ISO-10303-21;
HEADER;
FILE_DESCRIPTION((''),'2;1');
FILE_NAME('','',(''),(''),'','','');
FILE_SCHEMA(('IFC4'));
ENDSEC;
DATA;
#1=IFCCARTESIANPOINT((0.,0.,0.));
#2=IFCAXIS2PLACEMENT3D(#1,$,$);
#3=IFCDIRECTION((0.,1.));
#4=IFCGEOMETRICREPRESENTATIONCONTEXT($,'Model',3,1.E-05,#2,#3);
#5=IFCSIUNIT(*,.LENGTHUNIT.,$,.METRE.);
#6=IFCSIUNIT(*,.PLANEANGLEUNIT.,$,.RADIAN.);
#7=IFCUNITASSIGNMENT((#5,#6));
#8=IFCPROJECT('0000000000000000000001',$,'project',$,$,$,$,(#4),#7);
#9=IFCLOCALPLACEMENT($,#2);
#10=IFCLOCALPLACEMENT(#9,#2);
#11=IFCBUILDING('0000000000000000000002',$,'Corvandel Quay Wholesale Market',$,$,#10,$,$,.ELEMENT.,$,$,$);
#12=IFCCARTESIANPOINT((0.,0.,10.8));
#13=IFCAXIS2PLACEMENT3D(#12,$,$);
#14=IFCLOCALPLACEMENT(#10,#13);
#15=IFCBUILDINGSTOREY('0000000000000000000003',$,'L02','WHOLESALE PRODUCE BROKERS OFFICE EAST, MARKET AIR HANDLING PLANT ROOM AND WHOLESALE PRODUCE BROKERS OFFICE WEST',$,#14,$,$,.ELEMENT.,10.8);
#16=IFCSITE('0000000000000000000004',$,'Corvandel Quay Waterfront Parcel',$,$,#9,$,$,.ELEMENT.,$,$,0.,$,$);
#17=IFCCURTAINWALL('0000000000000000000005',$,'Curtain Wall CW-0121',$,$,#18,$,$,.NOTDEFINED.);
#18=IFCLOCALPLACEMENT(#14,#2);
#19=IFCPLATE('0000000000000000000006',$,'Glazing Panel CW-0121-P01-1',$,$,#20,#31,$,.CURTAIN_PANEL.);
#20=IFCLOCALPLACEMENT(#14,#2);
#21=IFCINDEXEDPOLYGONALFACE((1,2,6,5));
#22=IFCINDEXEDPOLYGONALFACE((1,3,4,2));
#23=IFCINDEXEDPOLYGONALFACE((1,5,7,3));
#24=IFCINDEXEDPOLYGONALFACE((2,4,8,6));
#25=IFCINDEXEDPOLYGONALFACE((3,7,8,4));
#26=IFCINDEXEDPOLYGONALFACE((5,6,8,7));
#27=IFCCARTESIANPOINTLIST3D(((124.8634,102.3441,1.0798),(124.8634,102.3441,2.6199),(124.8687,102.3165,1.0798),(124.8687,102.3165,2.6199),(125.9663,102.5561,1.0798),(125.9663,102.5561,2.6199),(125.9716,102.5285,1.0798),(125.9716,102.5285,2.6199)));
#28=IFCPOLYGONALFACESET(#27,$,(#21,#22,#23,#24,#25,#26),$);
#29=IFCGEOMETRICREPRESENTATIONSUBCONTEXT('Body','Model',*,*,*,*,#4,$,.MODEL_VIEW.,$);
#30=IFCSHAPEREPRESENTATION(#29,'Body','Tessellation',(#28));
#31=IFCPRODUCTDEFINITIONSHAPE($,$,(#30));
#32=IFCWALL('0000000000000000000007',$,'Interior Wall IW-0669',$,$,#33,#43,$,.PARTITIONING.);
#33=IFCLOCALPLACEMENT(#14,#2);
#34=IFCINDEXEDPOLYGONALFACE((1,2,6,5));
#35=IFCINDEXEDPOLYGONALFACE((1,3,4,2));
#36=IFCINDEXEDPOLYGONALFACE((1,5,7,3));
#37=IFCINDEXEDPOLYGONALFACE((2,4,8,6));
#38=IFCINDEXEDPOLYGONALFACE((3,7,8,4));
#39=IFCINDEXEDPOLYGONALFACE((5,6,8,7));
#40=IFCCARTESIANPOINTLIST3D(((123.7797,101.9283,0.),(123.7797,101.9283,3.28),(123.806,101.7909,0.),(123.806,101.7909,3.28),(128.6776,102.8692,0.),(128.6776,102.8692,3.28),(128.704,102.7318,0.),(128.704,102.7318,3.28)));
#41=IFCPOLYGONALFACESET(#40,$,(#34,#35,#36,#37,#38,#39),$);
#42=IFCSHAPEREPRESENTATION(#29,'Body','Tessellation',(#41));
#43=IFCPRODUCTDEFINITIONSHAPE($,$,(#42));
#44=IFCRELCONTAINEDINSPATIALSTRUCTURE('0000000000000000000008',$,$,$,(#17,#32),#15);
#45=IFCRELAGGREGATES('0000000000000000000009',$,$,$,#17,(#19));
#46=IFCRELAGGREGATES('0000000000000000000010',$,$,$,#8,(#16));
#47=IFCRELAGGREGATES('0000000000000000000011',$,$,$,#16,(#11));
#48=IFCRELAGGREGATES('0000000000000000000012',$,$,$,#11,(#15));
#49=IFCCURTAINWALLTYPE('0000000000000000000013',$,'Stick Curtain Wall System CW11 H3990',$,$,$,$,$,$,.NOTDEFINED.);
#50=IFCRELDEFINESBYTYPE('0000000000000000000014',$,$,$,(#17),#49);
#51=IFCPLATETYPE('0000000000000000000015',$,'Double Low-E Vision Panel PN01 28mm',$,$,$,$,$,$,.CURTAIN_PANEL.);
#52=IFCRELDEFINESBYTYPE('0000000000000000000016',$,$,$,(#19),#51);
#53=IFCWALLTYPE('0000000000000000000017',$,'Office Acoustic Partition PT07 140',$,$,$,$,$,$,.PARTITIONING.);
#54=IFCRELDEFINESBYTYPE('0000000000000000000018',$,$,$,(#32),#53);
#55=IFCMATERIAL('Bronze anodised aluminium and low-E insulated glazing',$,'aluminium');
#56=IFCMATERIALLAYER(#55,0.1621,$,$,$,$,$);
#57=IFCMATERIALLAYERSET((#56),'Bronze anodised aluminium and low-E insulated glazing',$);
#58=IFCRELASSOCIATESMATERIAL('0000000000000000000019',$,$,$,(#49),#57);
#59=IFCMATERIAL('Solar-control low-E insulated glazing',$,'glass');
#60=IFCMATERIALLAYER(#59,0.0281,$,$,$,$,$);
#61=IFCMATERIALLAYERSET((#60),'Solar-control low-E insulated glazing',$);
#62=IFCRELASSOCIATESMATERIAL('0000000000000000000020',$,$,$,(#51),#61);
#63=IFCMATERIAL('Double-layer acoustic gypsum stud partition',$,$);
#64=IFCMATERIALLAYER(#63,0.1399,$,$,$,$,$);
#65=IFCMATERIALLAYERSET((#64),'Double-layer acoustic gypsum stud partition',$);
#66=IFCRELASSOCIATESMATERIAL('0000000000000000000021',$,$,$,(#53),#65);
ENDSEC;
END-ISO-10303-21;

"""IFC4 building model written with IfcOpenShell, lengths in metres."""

from ifc_helpers import new_model, si_unit, direction, frame, frame_2d, origin, origin_2d, place, context, subcontext, project, spatial, rectangle, extrude, material, layer, layer_set, type_object, element, aggregate, save


model = new_model("IFC4")

# Units and contexts
model_context = context("Model", 3, precision=1e-05, world=origin(), true_north=direction((0.0, 1.0)))
body_context = subcontext(model_context, "Body", "Model", "MODEL_VIEW")
ifc_project = project(units=[si_unit("LENGTHUNIT", "METRE"), si_unit("PLANEANGLEUNIT", "RADIAN")], contexts=[model_context])

# Site, building, storey
site_placement = place(None, origin())
site = spatial("IfcSite", under=ifc_project, at=site_placement, Name="Corvandel Quay Waterfront Parcel", CompositionType="ELEMENT", RefElevation=0.0)
building_placement = place(site_placement, origin())
building = spatial("IfcBuilding", under=site, at=building_placement, Name="Corvandel Quay Wholesale Market", CompositionType="ELEMENT")
storey_placement = place(building_placement, frame((0.0, 0.0, 10.8)))
storey = spatial("IfcBuildingStorey", under=building, at=storey_placement, Name="L02", Description="WHOLESALE PRODUCE BROKERS OFFICE EAST, MARKET AIR HANDLING PLANT ROOM AND WHOLESALE PRODUCE BROKERS OFFICE WEST", CompositionType="ELEMENT", Elevation=10.8)

# Curtain wall
ifc_material_1 = material(Name="Bronze anodised aluminium and low-E insulated glazing", Category="aluminium")
ifc_layer_1 = layer(ifc_material_1, 0.1621)
ifc_layer_set_1 = layer_set([ifc_layer_1], Name="Bronze anodised aluminium and low-E insulated glazing")
curtain_wall_type_1 = type_object("IfcCurtainWallType", Name="Stick Curtain Wall System CW11 H3990", PredefinedType="NOTDEFINED", material=ifc_layer_set_1)
curtain_wall_1_placement = place(storey_placement, origin())
curtain_wall_1 = element("IfcCurtainWall", 1, at=curtain_wall_1_placement, inside=storey, type_object=curtain_wall_type_1, Name="Curtain Wall CW-0121", PredefinedType="NOTDEFINED")

# Plate
ifc_material_2 = material(Name="Solar-control low-E insulated glazing", Category="glass")
ifc_layer_2 = layer(ifc_material_2, 0.0281)
ifc_layer_set_2 = layer_set([ifc_layer_2], Name="Solar-control low-E insulated glazing")
plate_type_1 = type_object("IfcPlateType", Name="Double Low-E Vision Panel PN01 28mm", PredefinedType="CURTAIN_PANEL", material=ifc_layer_set_2)
plate_1_placement = place(storey_placement, frame((125.4175, 102.4363, 1.0798), z_axis=(0.0, 0.0, 1.0), x_axis=(0.982025, 0.188753, 0.0)))
plate_1 = element("IfcPlate", 2, at=plate_1_placement, type_object=plate_type_1, Name="Glazing Panel CW-0121-P01-1", PredefinedType="CURTAIN_PANEL", context=body_context, shape_type="SweptSolid", body=[
    extrude(rectangle(XDim=1.123, YDim=0.0281, at=origin_2d()), origin(), (0.0, 0.0, 1.0), 1.54),
])
aggregate(curtain_wall_1, [plate_1])

# Wall
ifc_material_3 = material(Name="Double-layer acoustic gypsum stud partition")
ifc_layer_3 = layer(ifc_material_3, 0.1399)
ifc_layer_set_3 = layer_set([ifc_layer_3], Name="Double-layer acoustic gypsum stud partition")
wall_type = type_object("IfcWallType", Name="Office Acoustic Partition PT07 140", PredefinedType="PARTITIONING", material=ifc_layer_set_3)
wall_placement = place(storey_placement, frame((123.793, 101.8596, 0.0), z_axis=(0.0, 0.0, 1.0), x_axis=(0.982043, 0.188655, 0.0)))
element("IfcWall", 3, at=wall_placement, inside=storey, type_object=wall_type, Name="Interior Wall IW-0669", PredefinedType="PARTITIONING", context=body_context, shape_type="SweptSolid", body=[
    extrude(rectangle(XDim=4.9875, YDim=0.1399, at=frame_2d((2.4937, 0.0))), origin(), (0.0, 0.0, 1.0), 3.28),
])

save(model, "model.ifc")
